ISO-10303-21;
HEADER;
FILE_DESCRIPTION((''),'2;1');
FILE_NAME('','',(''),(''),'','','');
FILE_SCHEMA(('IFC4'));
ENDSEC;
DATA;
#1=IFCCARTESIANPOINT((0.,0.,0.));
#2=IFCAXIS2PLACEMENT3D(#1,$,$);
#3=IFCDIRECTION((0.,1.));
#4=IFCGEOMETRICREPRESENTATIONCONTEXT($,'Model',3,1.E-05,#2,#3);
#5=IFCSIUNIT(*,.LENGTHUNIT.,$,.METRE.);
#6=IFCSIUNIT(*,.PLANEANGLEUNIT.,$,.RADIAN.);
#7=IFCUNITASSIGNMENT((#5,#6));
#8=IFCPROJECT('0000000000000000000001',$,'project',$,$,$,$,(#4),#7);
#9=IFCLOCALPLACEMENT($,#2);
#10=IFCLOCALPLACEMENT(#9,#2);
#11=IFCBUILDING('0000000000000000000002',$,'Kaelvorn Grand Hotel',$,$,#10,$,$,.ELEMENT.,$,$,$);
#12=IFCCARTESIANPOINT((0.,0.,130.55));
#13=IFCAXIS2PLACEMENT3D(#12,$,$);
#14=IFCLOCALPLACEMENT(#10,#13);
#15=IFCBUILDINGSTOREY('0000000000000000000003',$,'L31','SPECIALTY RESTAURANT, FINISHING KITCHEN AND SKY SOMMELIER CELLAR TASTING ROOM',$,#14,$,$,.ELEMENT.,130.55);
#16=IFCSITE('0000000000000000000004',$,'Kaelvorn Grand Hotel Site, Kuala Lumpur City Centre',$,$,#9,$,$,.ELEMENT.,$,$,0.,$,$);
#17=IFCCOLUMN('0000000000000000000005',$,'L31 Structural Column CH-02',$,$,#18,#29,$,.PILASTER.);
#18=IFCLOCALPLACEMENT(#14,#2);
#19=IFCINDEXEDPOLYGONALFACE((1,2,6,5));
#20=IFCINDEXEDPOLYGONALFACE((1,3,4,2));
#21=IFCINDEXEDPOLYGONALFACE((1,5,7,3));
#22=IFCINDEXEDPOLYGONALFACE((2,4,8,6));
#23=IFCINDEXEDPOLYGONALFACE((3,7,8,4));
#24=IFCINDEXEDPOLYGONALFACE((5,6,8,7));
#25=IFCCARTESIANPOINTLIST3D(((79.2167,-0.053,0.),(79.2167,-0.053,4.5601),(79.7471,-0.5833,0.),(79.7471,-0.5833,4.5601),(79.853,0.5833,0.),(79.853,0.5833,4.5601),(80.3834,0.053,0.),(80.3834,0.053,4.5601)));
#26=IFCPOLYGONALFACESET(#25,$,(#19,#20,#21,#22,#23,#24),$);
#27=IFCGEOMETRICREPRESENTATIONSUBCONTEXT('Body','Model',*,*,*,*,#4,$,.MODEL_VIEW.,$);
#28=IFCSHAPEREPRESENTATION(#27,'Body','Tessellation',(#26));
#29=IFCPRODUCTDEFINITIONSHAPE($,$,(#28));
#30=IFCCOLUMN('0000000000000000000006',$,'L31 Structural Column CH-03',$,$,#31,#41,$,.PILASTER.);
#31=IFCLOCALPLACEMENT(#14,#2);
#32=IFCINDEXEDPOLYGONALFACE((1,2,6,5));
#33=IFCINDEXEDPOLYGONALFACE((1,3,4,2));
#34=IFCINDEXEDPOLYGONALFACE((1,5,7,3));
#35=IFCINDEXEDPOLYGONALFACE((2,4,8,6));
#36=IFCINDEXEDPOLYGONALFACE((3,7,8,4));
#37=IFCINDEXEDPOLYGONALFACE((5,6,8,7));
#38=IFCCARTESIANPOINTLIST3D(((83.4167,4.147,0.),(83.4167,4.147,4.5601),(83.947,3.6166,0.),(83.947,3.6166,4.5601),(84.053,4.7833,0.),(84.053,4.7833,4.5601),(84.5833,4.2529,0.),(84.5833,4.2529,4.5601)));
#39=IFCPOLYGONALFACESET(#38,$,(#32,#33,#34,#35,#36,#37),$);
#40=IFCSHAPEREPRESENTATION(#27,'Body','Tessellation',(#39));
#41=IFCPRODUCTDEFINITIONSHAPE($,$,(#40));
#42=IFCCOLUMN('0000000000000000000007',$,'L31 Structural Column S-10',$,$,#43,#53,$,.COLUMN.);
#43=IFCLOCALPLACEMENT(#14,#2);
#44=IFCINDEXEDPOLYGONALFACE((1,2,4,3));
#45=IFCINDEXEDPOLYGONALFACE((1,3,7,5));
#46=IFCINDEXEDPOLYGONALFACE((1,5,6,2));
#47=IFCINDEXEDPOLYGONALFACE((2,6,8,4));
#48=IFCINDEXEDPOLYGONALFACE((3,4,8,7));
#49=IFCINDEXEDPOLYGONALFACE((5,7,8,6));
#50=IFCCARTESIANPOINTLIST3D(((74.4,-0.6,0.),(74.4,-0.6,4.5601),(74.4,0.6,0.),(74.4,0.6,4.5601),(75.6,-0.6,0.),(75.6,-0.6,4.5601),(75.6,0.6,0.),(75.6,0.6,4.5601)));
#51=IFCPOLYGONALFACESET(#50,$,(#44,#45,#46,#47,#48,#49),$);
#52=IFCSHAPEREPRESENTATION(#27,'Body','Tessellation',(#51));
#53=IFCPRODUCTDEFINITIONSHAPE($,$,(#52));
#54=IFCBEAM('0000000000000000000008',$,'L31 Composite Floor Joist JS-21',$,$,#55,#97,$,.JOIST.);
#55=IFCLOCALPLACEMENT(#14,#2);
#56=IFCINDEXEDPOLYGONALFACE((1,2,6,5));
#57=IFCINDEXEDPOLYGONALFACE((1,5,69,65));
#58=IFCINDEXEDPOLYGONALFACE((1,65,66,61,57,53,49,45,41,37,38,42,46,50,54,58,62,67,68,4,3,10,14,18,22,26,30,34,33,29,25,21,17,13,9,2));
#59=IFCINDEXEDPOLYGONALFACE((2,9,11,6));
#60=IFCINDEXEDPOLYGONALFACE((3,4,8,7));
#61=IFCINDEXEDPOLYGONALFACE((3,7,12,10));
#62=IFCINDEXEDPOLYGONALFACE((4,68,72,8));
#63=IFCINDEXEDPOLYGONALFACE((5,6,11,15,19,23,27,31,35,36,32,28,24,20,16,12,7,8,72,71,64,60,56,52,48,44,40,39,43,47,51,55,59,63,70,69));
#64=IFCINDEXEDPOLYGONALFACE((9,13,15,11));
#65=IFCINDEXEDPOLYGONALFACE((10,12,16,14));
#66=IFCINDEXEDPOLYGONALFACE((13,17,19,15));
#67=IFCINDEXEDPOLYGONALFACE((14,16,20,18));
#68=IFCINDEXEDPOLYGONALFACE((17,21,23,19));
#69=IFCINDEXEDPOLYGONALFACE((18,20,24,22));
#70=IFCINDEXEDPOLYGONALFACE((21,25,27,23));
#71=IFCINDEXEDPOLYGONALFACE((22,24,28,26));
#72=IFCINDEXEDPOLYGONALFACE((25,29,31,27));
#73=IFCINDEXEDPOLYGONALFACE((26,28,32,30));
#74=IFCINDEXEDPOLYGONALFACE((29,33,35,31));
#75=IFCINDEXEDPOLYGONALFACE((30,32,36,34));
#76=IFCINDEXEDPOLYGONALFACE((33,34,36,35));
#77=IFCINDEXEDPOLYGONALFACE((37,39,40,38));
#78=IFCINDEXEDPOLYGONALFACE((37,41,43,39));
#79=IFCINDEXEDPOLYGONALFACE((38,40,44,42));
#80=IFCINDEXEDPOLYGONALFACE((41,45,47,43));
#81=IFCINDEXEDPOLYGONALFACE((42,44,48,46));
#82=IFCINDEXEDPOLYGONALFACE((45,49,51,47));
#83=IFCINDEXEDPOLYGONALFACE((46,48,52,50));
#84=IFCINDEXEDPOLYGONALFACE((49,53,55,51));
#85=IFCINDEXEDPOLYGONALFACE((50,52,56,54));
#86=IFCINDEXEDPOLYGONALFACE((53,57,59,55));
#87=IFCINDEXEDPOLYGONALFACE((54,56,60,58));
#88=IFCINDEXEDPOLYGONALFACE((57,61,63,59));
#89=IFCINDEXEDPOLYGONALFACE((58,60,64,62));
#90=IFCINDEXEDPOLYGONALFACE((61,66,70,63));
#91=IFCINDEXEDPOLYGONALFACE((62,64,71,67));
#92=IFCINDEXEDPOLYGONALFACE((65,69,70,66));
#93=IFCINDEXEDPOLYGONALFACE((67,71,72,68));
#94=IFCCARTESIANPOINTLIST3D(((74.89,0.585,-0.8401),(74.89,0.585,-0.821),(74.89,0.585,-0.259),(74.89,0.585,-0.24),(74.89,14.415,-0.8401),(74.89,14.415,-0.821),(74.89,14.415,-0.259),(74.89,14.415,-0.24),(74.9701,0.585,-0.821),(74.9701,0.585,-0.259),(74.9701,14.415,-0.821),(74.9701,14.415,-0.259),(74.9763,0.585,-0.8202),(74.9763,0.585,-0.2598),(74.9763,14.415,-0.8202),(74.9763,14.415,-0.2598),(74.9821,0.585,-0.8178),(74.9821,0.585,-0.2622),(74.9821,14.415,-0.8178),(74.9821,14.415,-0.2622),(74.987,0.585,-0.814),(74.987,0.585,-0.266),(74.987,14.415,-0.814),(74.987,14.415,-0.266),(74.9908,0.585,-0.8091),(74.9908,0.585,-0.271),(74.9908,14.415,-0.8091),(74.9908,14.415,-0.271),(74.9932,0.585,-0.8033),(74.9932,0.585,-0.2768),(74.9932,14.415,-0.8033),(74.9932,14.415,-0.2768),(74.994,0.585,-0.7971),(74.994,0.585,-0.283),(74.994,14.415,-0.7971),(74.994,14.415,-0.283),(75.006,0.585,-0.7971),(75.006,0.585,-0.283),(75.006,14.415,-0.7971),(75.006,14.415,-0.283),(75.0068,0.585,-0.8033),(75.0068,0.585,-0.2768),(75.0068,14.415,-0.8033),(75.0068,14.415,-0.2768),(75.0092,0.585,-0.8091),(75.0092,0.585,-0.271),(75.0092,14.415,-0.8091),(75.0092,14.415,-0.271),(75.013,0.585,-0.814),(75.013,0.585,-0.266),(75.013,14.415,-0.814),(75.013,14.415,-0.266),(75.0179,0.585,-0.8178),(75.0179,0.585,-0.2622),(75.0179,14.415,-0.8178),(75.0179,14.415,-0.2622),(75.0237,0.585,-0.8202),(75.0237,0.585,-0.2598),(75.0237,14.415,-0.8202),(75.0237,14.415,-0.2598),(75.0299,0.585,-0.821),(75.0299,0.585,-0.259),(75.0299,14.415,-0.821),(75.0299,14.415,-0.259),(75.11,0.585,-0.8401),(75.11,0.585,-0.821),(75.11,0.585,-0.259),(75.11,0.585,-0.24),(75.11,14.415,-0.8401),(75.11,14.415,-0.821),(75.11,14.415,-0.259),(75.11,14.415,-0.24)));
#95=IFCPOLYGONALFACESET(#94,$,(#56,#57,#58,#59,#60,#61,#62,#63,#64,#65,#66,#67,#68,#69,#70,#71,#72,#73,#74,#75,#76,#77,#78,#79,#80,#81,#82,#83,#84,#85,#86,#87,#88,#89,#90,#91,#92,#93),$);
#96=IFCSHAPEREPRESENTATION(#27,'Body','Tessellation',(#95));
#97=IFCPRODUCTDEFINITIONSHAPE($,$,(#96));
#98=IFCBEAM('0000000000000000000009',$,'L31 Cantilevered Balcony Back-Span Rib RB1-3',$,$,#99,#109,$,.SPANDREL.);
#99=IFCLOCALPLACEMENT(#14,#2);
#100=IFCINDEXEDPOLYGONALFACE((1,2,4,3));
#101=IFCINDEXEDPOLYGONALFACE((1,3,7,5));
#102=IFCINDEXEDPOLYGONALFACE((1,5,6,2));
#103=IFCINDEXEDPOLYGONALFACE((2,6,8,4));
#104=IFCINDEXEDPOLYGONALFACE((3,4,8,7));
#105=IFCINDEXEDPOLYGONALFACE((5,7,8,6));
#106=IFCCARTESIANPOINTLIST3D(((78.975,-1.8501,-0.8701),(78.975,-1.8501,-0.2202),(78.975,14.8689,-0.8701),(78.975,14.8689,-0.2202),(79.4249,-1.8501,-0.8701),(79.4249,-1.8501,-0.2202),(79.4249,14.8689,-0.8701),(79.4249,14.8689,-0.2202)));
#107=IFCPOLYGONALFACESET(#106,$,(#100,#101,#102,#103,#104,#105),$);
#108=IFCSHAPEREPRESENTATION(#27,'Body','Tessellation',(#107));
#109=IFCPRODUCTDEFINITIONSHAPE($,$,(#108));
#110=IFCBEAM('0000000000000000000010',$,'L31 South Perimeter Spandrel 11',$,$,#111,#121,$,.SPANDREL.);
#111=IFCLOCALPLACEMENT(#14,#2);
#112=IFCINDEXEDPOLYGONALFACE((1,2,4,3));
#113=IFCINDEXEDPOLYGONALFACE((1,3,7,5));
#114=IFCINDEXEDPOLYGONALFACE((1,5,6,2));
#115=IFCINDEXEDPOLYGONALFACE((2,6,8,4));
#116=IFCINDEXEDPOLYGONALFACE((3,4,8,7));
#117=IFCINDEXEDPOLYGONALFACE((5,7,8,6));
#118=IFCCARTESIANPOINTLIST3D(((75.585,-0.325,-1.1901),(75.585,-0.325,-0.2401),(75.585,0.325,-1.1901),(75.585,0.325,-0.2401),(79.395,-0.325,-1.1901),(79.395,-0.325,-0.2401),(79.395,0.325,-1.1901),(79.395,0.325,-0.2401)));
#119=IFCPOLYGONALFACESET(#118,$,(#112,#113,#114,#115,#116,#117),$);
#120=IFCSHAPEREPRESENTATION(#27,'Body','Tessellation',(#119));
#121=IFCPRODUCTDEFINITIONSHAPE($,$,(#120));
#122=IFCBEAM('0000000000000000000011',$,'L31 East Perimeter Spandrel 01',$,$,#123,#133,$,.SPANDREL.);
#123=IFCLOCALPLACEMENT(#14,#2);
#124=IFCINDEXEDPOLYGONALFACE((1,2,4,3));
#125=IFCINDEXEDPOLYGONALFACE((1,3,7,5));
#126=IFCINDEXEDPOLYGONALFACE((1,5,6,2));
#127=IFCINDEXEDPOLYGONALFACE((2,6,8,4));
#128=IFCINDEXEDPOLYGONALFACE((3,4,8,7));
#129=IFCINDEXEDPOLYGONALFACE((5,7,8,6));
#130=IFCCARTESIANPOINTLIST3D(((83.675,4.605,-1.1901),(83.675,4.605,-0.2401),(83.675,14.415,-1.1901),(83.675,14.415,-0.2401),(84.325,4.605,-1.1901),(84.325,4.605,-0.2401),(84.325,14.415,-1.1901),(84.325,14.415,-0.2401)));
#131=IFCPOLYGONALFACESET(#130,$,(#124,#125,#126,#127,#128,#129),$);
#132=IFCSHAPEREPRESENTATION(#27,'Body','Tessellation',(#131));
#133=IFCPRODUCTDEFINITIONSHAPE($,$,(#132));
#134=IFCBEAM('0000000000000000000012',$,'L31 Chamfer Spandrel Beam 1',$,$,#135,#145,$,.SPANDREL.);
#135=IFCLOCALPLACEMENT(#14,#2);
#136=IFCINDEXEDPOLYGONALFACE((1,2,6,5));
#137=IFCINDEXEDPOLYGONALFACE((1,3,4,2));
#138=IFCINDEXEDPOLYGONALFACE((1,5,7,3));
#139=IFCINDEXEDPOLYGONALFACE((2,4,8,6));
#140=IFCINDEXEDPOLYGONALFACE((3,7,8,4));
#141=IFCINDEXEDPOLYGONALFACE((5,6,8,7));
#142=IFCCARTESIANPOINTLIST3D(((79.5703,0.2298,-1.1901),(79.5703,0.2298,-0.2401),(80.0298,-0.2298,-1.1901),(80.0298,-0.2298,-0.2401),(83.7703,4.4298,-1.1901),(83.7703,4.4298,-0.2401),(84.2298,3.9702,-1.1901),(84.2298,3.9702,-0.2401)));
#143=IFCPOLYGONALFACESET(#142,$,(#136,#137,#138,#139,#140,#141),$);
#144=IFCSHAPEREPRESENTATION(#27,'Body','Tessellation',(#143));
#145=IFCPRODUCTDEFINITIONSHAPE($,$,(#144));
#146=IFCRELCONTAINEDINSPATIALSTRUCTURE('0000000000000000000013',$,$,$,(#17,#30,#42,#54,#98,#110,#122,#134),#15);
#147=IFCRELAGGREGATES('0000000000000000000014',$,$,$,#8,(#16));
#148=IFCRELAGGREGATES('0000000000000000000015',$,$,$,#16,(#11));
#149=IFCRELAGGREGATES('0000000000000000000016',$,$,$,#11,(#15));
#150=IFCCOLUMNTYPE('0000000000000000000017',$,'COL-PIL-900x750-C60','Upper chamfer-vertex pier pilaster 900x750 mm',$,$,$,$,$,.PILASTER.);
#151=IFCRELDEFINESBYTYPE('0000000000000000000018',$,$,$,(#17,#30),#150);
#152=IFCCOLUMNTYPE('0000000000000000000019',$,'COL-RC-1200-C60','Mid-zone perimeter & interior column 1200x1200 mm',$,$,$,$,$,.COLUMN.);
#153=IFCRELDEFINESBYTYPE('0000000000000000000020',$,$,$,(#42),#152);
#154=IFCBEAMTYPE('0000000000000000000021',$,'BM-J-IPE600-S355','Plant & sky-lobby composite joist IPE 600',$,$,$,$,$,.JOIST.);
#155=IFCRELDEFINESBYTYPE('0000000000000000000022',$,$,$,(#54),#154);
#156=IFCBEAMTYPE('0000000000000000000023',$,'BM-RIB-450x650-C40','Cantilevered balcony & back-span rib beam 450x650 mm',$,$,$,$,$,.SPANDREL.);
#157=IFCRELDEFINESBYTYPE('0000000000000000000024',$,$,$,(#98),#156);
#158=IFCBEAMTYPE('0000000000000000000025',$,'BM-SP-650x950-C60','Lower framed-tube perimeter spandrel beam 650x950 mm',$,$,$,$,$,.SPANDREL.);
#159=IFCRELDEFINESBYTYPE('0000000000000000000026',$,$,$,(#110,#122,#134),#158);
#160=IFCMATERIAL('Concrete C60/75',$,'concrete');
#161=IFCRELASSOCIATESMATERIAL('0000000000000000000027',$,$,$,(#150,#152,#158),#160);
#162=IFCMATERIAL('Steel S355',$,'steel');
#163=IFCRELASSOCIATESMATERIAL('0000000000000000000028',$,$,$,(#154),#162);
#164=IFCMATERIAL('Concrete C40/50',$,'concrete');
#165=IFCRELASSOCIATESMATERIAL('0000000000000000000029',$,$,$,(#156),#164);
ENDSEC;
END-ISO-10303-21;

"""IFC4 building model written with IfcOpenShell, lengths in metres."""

from ifc_helpers import new_model, si_unit, direction, frame, origin, origin_2d, place, context, subcontext, project, spatial, rectangle, i_section, extrude, material, material_profile, profile_set, type_object, element, save


model = new_model("IFC4")

# Units and contexts
model_context = context("Model", 3, precision=1e-05, world=origin(), true_north=direction((0.0, 1.0)))
body_context = subcontext(model_context, "Body", "Model", "MODEL_VIEW")
ifc_project = project(units=[si_unit("LENGTHUNIT", "METRE"), si_unit("PLANEANGLEUNIT", "RADIAN")], contexts=[model_context])

# Site, building, storey
site_placement = place(None, origin())
site = spatial("IfcSite", under=ifc_project, at=site_placement, Name="Kaelvorn Grand Hotel Site, Kuala Lumpur City Centre", CompositionType="ELEMENT", RefElevation=0.0)
building_placement = place(site_placement, origin())
building = spatial("IfcBuilding", under=site, at=building_placement, Name="Kaelvorn Grand Hotel", CompositionType="ELEMENT")
storey_placement = place(building_placement, frame((0.0, 0.0, 130.55)))
storey = spatial("IfcBuildingStorey", under=building, at=storey_placement, Name="L31", Description="SPECIALTY RESTAURANT, FINISHING KITCHEN AND SKY SOMMELIER CELLAR TASTING ROOM", CompositionType="ELEMENT", Elevation=130.55)

# Columns
ifc_material_1 = material(Name="Concrete C60/75", Category="concrete")
ifc_material_profile_1 = material_profile(ifc_material_1, rectangle(XDim=0.8999, YDim=0.75, at=origin_2d()), Name="RC PILASTER 900x750")
ifc_profile_set_1 = profile_set([ifc_material_profile_1], Name="Concrete C60/75")
column_type_1 = type_object("IfcColumnType", Name="COL-PIL-900x750-C60", Description="Upper chamfer-vertex pier pilaster 900x750 mm", PredefinedType="PILASTER", material=ifc_profile_set_1)
for number, where, z_axis, x_axis, name in (
    (1, (79.8, 0.0, 0.0), (0.0, 0.0, 1.0), (0.707107, 0.707107, 0.0), "L31 Structural Column CH-02"),
    (2, (84.0, 4.2, 0.0), (0.0, 0.0, 1.0), (0.707107, 0.707107, 0.0), "L31 Structural Column CH-03"),
):
    element("IfcColumn", number, at=place(storey_placement, frame(where, z_axis=z_axis, x_axis=x_axis)), inside=storey, type_object=column_type_1, Name=name, PredefinedType="PILASTER", context=body_context, shape_type="SweptSolid", body=[
        extrude(rectangle(XDim=0.8999, YDim=0.75, at=origin_2d()), origin(), (0.0, 0.0, 1.0), 4.5601),
    ])
ifc_material_profile_2 = material_profile(ifc_material_1, rectangle(XDim=1.2, YDim=1.2, at=origin_2d()), Name="RC COL 1200x1200")
ifc_profile_set_2 = profile_set([ifc_material_profile_2], Name="Concrete C60/75")
column_type_2 = type_object("IfcColumnType", Name="COL-RC-1200-C60", Description="Mid-zone perimeter & interior column 1200x1200 mm", PredefinedType="COLUMN", material=ifc_profile_set_2)
column_placement = place(storey_placement, frame((75.0, 0.0, 0.0), z_axis=(0.0, 0.0, 1.0), x_axis=(1.0, 0.0, 0.0)))
element("IfcColumn", 3, at=column_placement, inside=storey, type_object=column_type_2, Name="L31 Structural Column S-10", PredefinedType="COLUMN", context=body_context, shape_type="SweptSolid", body=[
    extrude(rectangle(XDim=1.2, YDim=1.2, at=origin_2d()), origin(), (0.0, 0.0, 1.0), 4.5601),
])

# Beams
ifc_material_2 = material(Name="Steel S355", Category="steel")
ifc_material_profile_3 = material_profile(ifc_material_2, i_section(OverallWidth=0.22, OverallDepth=0.6001, WebThickness=0.012, FlangeThickness=0.019, FilletRadius=0.0239, at=origin_2d()), Name="IPE 600")
ifc_profile_set_3 = profile_set([ifc_material_profile_3], Name="Steel S355")
beam_type_1 = type_object("IfcBeamType", Name="BM-J-IPE600-S355", Description="Plant & sky-lobby composite joist IPE 600", PredefinedType="JOIST", material=ifc_profile_set_3)
beam_1_placement = place(storey_placement, frame((75.0, 0.585, -0.54), z_axis=(0.0, 1.0, 0.0), x_axis=(-1.0, 0.0, 0.0)))
element("IfcBeam", 4, at=beam_1_placement, inside=storey, type_object=beam_type_1, Name="L31 Composite Floor Joist JS-21", PredefinedType="JOIST", context=body_context, shape_type="SweptSolid", body=[
    extrude(i_section(OverallWidth=0.22, OverallDepth=0.6001, WebThickness=0.012, FlangeThickness=0.019, FilletRadius=0.0239, at=origin_2d()), origin(), (0.0, 0.0, 1.0), 13.8301),
])
ifc_material_3 = material(Name="Concrete C40/50", Category="concrete")
ifc_material_profile_4 = material_profile(ifc_material_3, rectangle(XDim=0.45, YDim=0.6499, at=origin_2d()), Name="RC RIB 450x650")
ifc_profile_set_4 = profile_set([ifc_material_profile_4], Name="Concrete C40/50")
beam_type_2 = type_object("IfcBeamType", Name="BM-RIB-450x650-C40", Description="Cantilevered balcony & back-span rib beam 450x650 mm", PredefinedType="SPANDREL", material=ifc_profile_set_4)
beam_2_placement = place(storey_placement, frame((79.2, -1.8501, -0.5452), z_axis=(0.0, 1.0, 0.0), x_axis=(-1.0, 0.0, 0.0)))
element("IfcBeam", 5, at=beam_2_placement, inside=storey, type_object=beam_type_2, Name="L31 Cantilevered Balcony Back-Span Rib RB1-3", PredefinedType="SPANDREL", context=body_context, shape_type="SweptSolid", body=[
    extrude(rectangle(XDim=0.45, YDim=0.6499, at=origin_2d()), origin(), (0.0, 0.0, 1.0), 16.719),
])
ifc_material_profile_5 = material_profile(ifc_material_1, rectangle(XDim=0.6499, YDim=0.95, at=origin_2d()), Name="RC SPANDREL 650x950")
ifc_profile_set_5 = profile_set([ifc_material_profile_5], Name="Concrete C60/75")
beam_type_3 = type_object("IfcBeamType", Name="BM-SP-650x950-C60", Description="Lower framed-tube perimeter spandrel beam 650x950 mm", PredefinedType="SPANDREL", material=ifc_profile_set_5)
beam_3_placement = place(storey_placement, frame((75.585, 0.0, -0.7151), z_axis=(1.0, 0.0, 0.0), x_axis=(0.0, 1.0, 0.0)))
element("IfcBeam", 6, at=beam_3_placement, inside=storey, type_object=beam_type_3, Name="L31 South Perimeter Spandrel 11", PredefinedType="SPANDREL", context=body_context, shape_type="SweptSolid", body=[
    extrude(rectangle(XDim=0.6499, YDim=0.95, at=origin_2d()), origin(), (0.0, 0.0, 1.0), 3.8101),
])
beam_4_placement = place(storey_placement, frame((84.0, 4.605, -0.7151), z_axis=(0.0, 1.0, 0.0), x_axis=(-1.0, 0.0, 0.0)))
element("IfcBeam", 7, at=beam_4_placement, inside=storey, type_object=beam_type_3, Name="L31 East Perimeter Spandrel 01", PredefinedType="SPANDREL", context=body_context, shape_type="SweptSolid", body=[
    extrude(rectangle(XDim=0.6499, YDim=0.95, at=origin_2d()), origin(), (0.0, 0.0, 1.0), 9.8101),
])
beam_5_placement = place(storey_placement, frame((79.8, 0.0, -0.7151), z_axis=(0.707107, 0.707107, 0.0), x_axis=(-0.707107, 0.707107, 0.0)))
element("IfcBeam", 8, at=beam_5_placement, inside=storey, type_object=beam_type_3, Name="L31 Chamfer Spandrel Beam 1", PredefinedType="SPANDREL", context=body_context, shape_type="SweptSolid", body=[
    extrude(rectangle(XDim=0.6499, YDim=0.95, at=origin_2d()), origin(), (0.0, 0.0, 1.0), 5.9397),
])

save(model, "model.ifc")
